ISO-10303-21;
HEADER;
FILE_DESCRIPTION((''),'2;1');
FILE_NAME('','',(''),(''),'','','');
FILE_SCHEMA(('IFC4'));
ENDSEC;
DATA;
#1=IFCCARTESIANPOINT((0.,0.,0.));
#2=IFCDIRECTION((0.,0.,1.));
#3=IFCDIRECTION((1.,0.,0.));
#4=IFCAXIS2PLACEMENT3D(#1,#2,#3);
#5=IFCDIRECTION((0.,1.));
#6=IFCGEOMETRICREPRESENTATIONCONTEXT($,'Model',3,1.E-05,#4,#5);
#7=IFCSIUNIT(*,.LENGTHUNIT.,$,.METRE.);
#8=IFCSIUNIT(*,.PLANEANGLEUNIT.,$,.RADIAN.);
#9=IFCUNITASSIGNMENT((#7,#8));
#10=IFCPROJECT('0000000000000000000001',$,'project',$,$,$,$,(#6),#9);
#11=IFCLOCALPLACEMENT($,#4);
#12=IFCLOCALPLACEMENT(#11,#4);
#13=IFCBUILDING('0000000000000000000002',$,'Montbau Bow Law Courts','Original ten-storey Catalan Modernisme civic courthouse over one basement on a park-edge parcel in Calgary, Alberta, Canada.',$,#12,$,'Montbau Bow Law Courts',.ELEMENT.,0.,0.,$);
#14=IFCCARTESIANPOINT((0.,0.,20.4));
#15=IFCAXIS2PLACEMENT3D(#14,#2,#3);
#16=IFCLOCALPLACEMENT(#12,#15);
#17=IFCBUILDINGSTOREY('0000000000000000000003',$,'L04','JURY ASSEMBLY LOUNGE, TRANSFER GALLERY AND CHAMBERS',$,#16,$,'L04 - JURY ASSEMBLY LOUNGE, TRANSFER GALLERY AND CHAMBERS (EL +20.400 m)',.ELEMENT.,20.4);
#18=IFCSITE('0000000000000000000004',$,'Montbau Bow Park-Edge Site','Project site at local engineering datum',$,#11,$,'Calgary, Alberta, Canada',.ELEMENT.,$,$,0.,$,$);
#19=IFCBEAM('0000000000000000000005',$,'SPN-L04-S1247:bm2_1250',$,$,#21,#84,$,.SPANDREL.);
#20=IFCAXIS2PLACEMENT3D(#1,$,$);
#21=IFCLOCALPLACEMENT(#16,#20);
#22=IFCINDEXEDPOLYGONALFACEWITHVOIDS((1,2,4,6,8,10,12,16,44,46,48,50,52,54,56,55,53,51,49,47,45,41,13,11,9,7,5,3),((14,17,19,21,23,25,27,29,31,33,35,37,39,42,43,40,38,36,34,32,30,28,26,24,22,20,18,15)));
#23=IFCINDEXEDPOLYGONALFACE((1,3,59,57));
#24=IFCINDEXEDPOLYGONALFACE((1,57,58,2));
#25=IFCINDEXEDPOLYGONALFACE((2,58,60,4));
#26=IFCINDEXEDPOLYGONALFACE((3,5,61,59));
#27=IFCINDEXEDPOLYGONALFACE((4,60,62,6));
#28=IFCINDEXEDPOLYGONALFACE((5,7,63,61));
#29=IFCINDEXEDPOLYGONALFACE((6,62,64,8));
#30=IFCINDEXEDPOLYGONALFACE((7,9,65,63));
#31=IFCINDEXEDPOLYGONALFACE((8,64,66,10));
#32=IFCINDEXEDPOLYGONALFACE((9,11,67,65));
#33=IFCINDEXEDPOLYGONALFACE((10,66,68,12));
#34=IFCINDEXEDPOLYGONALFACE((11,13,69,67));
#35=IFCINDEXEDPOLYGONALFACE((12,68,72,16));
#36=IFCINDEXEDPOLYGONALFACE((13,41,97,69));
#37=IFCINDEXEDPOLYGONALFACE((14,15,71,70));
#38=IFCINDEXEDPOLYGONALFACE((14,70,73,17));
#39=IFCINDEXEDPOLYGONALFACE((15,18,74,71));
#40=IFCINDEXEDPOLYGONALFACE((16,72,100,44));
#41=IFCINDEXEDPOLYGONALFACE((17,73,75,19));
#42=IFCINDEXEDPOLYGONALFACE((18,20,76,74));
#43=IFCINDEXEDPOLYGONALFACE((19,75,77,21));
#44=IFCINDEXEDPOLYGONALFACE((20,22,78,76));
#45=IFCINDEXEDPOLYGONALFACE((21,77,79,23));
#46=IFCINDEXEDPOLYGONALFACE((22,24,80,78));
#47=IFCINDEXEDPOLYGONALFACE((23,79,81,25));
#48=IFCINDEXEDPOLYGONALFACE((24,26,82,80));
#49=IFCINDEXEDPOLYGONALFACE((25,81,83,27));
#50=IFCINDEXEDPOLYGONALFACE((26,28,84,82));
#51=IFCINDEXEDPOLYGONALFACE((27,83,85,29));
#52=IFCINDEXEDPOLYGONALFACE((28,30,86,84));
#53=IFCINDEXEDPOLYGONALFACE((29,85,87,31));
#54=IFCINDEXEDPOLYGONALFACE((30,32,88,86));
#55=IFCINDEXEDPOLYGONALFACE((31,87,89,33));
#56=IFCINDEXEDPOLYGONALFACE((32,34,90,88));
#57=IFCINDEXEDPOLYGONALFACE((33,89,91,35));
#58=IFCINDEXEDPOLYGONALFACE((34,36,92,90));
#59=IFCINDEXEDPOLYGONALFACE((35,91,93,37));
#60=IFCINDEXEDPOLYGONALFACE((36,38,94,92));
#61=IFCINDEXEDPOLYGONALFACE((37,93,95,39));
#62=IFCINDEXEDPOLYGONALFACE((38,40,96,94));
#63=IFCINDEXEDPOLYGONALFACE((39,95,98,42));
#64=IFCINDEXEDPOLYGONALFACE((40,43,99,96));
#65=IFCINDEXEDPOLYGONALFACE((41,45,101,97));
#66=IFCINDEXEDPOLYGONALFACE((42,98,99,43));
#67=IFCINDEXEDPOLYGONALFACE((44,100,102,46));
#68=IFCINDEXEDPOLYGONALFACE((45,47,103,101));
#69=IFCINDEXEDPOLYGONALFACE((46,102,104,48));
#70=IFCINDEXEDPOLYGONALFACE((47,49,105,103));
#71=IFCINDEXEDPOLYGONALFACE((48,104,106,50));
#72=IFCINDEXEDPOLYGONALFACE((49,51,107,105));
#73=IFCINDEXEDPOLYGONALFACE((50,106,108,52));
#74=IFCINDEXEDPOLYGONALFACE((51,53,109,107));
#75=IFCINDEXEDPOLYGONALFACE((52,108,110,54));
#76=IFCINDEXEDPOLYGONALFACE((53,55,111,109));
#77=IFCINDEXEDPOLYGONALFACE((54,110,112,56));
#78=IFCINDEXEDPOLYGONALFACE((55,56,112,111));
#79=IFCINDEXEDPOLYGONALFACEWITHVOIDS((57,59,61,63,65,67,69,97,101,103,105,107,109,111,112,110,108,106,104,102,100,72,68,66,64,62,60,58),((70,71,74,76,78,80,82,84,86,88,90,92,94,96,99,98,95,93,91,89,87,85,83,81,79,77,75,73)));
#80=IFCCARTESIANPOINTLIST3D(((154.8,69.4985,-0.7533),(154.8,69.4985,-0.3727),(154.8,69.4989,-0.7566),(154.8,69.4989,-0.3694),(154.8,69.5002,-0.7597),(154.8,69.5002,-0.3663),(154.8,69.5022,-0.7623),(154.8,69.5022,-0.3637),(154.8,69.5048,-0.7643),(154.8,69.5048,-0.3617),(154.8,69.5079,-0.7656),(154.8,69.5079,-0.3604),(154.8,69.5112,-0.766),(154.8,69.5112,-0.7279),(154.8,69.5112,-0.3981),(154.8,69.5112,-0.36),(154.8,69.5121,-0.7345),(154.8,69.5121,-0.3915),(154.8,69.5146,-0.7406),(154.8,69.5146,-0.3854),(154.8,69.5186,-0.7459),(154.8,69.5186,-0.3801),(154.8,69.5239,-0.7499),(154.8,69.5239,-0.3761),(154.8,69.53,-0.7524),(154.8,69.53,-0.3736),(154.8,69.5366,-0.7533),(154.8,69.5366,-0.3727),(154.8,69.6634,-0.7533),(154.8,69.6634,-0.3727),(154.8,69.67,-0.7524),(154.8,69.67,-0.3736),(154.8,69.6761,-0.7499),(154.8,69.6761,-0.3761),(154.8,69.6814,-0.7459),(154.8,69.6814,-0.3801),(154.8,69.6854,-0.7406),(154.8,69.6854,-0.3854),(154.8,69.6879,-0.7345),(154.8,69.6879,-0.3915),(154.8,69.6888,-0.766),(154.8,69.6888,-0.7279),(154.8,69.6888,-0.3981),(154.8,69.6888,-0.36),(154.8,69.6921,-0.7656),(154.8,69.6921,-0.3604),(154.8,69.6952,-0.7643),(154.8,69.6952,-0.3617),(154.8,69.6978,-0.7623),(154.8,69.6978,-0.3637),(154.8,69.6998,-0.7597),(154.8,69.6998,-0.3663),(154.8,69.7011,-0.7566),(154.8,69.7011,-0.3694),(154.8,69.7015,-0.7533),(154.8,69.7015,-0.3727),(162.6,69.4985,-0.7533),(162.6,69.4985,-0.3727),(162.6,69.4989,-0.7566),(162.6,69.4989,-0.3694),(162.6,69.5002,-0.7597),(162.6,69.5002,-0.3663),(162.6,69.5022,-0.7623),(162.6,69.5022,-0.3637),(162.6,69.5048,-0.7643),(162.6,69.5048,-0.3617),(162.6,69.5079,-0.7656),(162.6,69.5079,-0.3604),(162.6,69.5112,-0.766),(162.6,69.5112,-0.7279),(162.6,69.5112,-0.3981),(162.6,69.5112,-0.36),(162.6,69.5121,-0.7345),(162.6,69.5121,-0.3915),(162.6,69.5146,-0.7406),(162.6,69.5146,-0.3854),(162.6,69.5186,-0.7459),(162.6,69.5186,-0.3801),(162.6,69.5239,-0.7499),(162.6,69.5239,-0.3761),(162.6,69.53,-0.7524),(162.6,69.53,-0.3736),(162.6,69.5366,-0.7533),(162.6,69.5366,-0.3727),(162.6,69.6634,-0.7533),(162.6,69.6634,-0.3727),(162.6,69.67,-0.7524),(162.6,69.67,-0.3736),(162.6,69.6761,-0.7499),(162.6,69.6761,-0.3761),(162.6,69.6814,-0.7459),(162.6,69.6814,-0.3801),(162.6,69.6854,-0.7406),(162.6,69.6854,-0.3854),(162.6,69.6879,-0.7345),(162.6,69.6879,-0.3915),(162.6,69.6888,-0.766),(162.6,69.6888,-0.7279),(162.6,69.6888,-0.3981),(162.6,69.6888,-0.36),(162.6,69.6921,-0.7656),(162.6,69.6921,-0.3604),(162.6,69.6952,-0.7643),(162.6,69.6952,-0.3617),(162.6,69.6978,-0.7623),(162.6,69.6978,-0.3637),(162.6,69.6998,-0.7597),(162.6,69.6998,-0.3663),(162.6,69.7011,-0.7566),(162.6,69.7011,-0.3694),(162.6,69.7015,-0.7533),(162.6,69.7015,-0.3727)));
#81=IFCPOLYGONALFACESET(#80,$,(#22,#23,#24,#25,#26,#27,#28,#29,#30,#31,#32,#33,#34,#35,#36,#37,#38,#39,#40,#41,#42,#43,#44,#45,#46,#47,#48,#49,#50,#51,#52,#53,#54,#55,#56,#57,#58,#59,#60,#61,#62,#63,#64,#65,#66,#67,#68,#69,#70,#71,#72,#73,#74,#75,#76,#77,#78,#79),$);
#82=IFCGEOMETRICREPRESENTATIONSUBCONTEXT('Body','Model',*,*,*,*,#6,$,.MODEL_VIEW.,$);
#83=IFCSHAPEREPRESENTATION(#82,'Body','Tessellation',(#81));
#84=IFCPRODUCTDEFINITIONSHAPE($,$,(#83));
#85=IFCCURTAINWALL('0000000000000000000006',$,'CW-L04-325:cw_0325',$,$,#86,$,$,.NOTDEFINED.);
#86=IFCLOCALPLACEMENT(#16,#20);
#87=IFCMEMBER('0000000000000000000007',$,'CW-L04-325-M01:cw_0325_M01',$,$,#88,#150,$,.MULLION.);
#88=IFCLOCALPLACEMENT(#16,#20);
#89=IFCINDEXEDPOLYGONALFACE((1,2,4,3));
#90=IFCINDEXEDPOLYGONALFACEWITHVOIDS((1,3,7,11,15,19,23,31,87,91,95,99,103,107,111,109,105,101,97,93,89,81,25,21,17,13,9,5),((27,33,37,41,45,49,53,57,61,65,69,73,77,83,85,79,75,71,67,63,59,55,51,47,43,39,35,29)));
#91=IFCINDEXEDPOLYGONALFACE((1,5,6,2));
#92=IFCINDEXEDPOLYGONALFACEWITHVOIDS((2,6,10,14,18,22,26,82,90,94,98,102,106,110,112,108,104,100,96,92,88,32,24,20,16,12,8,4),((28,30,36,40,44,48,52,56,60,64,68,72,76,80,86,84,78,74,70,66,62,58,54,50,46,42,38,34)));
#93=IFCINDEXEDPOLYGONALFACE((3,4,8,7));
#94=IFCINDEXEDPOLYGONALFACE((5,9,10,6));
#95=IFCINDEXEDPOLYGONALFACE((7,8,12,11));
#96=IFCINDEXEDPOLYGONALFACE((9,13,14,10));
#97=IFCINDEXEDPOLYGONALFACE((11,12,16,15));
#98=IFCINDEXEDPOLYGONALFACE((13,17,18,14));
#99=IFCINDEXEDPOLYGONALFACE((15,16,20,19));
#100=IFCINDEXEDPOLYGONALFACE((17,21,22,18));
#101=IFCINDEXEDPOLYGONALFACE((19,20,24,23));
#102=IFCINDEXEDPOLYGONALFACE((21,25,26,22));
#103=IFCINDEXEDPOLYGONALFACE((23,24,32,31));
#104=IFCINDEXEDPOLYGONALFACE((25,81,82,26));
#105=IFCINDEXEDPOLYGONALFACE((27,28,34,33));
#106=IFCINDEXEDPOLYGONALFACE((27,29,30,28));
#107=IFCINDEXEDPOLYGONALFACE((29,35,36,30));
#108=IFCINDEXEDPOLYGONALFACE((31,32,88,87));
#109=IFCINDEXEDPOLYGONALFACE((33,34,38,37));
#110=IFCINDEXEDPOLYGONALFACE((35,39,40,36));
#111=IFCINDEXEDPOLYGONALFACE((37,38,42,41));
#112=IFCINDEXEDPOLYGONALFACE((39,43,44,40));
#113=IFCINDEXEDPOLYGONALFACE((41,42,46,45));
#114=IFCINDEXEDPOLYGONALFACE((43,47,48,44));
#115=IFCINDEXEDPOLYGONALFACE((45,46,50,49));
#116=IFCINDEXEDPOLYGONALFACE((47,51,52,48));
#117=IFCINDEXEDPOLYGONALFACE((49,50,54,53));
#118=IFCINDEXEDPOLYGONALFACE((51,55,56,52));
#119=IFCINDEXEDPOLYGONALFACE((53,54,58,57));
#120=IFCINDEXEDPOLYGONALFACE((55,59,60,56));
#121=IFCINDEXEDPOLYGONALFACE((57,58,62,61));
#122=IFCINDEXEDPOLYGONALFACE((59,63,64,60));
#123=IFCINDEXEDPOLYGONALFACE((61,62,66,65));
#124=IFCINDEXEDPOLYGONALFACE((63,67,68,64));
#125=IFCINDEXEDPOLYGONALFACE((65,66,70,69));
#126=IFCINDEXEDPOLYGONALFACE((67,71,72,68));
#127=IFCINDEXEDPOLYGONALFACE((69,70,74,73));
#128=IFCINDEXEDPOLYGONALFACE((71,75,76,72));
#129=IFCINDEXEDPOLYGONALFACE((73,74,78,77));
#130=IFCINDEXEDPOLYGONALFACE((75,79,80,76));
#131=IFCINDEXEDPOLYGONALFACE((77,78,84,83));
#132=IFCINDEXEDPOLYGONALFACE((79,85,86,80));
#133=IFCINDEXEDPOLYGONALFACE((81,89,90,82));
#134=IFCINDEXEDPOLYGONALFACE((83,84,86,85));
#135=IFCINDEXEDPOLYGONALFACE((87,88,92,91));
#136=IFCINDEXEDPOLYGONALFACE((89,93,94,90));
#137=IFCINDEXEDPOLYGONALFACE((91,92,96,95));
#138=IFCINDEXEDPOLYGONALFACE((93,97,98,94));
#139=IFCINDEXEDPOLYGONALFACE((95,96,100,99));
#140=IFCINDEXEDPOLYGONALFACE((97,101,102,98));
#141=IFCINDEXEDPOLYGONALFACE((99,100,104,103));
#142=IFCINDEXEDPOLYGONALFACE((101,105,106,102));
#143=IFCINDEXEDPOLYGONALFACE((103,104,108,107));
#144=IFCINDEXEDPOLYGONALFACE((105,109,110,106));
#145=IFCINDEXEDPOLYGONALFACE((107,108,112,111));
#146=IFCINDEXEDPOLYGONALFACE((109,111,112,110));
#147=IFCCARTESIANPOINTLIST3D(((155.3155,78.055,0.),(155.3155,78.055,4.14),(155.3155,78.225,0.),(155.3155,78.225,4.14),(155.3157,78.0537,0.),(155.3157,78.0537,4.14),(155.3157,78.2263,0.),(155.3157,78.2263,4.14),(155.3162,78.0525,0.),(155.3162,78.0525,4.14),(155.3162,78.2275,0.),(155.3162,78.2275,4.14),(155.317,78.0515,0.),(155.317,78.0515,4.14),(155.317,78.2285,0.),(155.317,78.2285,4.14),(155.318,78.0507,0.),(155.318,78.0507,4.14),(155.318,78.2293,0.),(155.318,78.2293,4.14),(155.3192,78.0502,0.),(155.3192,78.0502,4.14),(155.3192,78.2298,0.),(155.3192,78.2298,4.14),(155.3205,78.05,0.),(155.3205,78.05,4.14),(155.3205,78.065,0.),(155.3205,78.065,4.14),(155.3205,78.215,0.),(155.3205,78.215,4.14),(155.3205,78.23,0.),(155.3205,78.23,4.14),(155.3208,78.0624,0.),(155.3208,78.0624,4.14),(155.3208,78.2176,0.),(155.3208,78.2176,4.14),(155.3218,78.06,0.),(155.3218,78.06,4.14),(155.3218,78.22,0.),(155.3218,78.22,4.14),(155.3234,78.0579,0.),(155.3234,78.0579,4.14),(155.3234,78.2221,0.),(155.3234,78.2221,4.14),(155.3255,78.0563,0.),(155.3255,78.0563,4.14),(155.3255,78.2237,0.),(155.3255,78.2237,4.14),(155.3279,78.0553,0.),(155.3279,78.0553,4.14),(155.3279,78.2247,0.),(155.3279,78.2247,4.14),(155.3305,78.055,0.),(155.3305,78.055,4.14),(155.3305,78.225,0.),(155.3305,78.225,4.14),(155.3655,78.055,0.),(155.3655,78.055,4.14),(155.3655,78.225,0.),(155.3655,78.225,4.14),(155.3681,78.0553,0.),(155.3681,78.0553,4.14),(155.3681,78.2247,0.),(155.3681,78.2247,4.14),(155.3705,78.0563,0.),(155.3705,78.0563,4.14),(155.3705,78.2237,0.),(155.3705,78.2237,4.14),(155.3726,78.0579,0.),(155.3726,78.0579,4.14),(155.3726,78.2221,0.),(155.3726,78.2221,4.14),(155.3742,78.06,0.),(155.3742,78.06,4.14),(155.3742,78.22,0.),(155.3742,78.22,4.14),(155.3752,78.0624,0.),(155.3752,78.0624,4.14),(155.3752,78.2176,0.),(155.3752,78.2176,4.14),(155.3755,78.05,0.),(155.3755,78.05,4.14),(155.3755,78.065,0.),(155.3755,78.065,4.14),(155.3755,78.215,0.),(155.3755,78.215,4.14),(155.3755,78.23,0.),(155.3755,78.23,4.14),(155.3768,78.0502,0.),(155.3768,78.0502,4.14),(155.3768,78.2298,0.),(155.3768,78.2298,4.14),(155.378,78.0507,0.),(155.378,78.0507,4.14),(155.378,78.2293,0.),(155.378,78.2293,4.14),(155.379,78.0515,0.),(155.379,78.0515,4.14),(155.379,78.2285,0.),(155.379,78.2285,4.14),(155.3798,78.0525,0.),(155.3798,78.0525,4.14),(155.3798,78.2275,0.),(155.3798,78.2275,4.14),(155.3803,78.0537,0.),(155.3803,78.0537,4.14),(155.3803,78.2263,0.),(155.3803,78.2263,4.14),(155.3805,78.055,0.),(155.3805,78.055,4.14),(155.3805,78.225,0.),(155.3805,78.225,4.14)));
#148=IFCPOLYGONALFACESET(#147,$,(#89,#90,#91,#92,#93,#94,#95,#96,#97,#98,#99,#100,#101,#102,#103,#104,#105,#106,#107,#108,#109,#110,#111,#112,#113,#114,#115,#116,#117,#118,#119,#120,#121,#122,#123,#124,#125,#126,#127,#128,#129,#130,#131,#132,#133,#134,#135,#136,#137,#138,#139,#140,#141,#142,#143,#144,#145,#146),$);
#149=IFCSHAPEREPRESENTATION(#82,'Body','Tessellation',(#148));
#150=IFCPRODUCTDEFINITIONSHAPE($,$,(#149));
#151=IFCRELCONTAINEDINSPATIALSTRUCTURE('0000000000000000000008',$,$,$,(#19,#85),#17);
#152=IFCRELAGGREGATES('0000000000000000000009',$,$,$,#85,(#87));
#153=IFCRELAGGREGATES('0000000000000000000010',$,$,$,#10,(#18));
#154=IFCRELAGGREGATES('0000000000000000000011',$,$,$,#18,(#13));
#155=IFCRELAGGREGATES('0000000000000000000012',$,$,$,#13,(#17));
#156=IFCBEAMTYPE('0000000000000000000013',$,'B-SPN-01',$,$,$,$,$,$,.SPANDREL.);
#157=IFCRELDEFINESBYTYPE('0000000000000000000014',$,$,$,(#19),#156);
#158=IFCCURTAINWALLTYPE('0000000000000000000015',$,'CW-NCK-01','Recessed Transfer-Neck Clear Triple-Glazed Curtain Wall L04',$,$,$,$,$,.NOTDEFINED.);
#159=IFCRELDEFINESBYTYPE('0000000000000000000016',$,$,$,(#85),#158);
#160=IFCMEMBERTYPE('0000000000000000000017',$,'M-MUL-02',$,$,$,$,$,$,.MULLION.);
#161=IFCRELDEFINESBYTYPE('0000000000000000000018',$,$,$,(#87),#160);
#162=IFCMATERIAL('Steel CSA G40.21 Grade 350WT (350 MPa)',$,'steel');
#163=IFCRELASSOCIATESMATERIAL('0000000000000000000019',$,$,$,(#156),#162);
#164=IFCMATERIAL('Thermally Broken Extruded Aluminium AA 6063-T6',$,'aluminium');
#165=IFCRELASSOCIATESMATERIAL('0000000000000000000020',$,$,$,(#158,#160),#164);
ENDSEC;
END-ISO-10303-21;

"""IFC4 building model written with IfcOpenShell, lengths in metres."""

from ifc_helpers import new_model, si_unit, direction, frame, origin_with_axes, origin_2d_with_axis, place, context, subcontext, project, spatial, hollow_rectangle, extrude, material, material_profile, profile_set, type_object, element, aggregate, save


model = new_model("IFC4")

# Units and contexts
model_context = context("Model", 3, precision=1e-05, world=origin_with_axes(), true_north=direction((0.0, 1.0)))
body_context = subcontext(model_context, "Body", "Model", "MODEL_VIEW")
ifc_project = project(units=[si_unit("LENGTHUNIT", "METRE"), si_unit("PLANEANGLEUNIT", "RADIAN")], contexts=[model_context])

# Site, building, storey
site_placement = place(None, origin_with_axes())
site = spatial("IfcSite", under=ifc_project, at=site_placement, Name="Montbau Bow Park-Edge Site", Description="Project site at local engineering datum", LongName="Calgary, Alberta, Canada", CompositionType="ELEMENT", RefElevation=0.0)
building_placement = place(site_placement, origin_with_axes())
building = spatial("IfcBuilding", under=site, at=building_placement, Name="Montbau Bow Law Courts", Description="Original ten-storey Catalan Modernisme civic courthouse over one basement on a park-edge parcel in Calgary, Alberta, Canada.", LongName="Montbau Bow Law Courts", CompositionType="ELEMENT", ElevationOfRefHeight=0.0, ElevationOfTerrain=0.0)
storey_placement = place(building_placement, frame((0.0, 0.0, 20.4), z_axis=(0.0, 0.0, 1.0), x_axis=(1.0, 0.0, 0.0)))
storey = spatial("IfcBuildingStorey", under=building, at=storey_placement, Name="L04", Description="JURY ASSEMBLY LOUNGE, TRANSFER GALLERY AND CHAMBERS", LongName="L04 - JURY ASSEMBLY LOUNGE, TRANSFER GALLERY AND CHAMBERS (EL +20.400 m)", CompositionType="ELEMENT", Elevation=20.4)

# Beam
ifc_material_1 = material(Name="Steel CSA G40.21 Grade 350WT (350 MPa)", Category="steel")
ifc_material_profile_1 = material_profile(ifc_material_1, hollow_rectangle(XDim=0.203, YDim=0.406, WallThickness=0.0127, InnerFilletRadius=0.0254, OuterFilletRadius=0.0127, at=origin_2d_with_axis()), Name="HSS406X203X13", Category="Main", Priority=0)
ifc_profile_set_1 = profile_set([ifc_material_profile_1], Name="Steel CSA G40.21 Grade 350WT (350 MPa)")
beam_type_1 = type_object("IfcBeamType", Name="B-SPN-01", PredefinedType="SPANDREL", material=ifc_profile_set_1)
beam_1_placement = place(None, frame((154.8, 69.6, 19.837), z_axis=(1.0, 0.0, 0.0), x_axis=(0.0, 1.0, 0.0)))
element("IfcBeam", 1, at=beam_1_placement, inside=storey, type_object=beam_type_1, Name="SPN-L04-S1247:bm2_1250", PredefinedType="SPANDREL", context=body_context, shape_type="SweptSolid", body=[
    extrude(hollow_rectangle(XDim=0.203, YDim=0.406, WallThickness=0.0127, InnerFilletRadius=0.0254, OuterFilletRadius=0.0127, at=origin_2d_with_axis()), origin_with_axes(), (0.0, 0.0, 1.0), 7.8),
])

# Curtain wall, member
ifc_material_2 = material(Name="Thermally Broken Extruded Aluminium AA 6063-T6", Category="aluminium")
curtain_wall_type = type_object("IfcCurtainWallType", Name="CW-NCK-01", Description="Recessed Transfer-Neck Clear Triple-Glazed Curtain Wall L04", PredefinedType="NOTDEFINED", material=ifc_material_2)
curtain_wall_placement = place(None, frame((155.315, 78.14, 20.4), z_axis=(0.0, 0.0, 1.0), x_axis=(1.0, 0.0, 0.0)))
curtain_wall = element("IfcCurtainWall", 2, at=curtain_wall_placement, inside=storey, type_object=curtain_wall_type, Name="CW-L04-325:cw_0325", PredefinedType="NOTDEFINED")
ifc_material_profile_2 = material_profile(ifc_material_2, hollow_rectangle(XDim=0.065, YDim=0.18, WallThickness=0.005, InnerFilletRadius=0.01, OuterFilletRadius=0.005, at=origin_2d_with_axis()), Name="CWM-180X65", Category="Main", Priority=0)
ifc_profile_set_2 = profile_set([ifc_material_profile_2], Name="Thermally Broken Extruded Aluminium AA 6063-T6")
member_type_1 = type_object("IfcMemberType", Name="M-MUL-02", PredefinedType="MULLION", material=ifc_profile_set_2)
member_1_placement = place(None, frame((155.348, 78.14, 20.4), z_axis=(0.0, 0.0, 1.0), x_axis=(1.0, 0.0, 0.0)))
member_1 = element("IfcMember", 3, at=member_1_placement, type_object=member_type_1, Name="CW-L04-325-M01:cw_0325_M01", PredefinedType="MULLION", context=body_context, shape_type="SweptSolid", body=[
    extrude(hollow_rectangle(XDim=0.065, YDim=0.18, WallThickness=0.005, InnerFilletRadius=0.01, OuterFilletRadius=0.005, at=origin_2d_with_axis()), origin_with_axes(), (0.0, 0.0, 1.0), 4.14),
])
aggregate(curtain_wall, [member_1])

save(model, "model.ifc")
